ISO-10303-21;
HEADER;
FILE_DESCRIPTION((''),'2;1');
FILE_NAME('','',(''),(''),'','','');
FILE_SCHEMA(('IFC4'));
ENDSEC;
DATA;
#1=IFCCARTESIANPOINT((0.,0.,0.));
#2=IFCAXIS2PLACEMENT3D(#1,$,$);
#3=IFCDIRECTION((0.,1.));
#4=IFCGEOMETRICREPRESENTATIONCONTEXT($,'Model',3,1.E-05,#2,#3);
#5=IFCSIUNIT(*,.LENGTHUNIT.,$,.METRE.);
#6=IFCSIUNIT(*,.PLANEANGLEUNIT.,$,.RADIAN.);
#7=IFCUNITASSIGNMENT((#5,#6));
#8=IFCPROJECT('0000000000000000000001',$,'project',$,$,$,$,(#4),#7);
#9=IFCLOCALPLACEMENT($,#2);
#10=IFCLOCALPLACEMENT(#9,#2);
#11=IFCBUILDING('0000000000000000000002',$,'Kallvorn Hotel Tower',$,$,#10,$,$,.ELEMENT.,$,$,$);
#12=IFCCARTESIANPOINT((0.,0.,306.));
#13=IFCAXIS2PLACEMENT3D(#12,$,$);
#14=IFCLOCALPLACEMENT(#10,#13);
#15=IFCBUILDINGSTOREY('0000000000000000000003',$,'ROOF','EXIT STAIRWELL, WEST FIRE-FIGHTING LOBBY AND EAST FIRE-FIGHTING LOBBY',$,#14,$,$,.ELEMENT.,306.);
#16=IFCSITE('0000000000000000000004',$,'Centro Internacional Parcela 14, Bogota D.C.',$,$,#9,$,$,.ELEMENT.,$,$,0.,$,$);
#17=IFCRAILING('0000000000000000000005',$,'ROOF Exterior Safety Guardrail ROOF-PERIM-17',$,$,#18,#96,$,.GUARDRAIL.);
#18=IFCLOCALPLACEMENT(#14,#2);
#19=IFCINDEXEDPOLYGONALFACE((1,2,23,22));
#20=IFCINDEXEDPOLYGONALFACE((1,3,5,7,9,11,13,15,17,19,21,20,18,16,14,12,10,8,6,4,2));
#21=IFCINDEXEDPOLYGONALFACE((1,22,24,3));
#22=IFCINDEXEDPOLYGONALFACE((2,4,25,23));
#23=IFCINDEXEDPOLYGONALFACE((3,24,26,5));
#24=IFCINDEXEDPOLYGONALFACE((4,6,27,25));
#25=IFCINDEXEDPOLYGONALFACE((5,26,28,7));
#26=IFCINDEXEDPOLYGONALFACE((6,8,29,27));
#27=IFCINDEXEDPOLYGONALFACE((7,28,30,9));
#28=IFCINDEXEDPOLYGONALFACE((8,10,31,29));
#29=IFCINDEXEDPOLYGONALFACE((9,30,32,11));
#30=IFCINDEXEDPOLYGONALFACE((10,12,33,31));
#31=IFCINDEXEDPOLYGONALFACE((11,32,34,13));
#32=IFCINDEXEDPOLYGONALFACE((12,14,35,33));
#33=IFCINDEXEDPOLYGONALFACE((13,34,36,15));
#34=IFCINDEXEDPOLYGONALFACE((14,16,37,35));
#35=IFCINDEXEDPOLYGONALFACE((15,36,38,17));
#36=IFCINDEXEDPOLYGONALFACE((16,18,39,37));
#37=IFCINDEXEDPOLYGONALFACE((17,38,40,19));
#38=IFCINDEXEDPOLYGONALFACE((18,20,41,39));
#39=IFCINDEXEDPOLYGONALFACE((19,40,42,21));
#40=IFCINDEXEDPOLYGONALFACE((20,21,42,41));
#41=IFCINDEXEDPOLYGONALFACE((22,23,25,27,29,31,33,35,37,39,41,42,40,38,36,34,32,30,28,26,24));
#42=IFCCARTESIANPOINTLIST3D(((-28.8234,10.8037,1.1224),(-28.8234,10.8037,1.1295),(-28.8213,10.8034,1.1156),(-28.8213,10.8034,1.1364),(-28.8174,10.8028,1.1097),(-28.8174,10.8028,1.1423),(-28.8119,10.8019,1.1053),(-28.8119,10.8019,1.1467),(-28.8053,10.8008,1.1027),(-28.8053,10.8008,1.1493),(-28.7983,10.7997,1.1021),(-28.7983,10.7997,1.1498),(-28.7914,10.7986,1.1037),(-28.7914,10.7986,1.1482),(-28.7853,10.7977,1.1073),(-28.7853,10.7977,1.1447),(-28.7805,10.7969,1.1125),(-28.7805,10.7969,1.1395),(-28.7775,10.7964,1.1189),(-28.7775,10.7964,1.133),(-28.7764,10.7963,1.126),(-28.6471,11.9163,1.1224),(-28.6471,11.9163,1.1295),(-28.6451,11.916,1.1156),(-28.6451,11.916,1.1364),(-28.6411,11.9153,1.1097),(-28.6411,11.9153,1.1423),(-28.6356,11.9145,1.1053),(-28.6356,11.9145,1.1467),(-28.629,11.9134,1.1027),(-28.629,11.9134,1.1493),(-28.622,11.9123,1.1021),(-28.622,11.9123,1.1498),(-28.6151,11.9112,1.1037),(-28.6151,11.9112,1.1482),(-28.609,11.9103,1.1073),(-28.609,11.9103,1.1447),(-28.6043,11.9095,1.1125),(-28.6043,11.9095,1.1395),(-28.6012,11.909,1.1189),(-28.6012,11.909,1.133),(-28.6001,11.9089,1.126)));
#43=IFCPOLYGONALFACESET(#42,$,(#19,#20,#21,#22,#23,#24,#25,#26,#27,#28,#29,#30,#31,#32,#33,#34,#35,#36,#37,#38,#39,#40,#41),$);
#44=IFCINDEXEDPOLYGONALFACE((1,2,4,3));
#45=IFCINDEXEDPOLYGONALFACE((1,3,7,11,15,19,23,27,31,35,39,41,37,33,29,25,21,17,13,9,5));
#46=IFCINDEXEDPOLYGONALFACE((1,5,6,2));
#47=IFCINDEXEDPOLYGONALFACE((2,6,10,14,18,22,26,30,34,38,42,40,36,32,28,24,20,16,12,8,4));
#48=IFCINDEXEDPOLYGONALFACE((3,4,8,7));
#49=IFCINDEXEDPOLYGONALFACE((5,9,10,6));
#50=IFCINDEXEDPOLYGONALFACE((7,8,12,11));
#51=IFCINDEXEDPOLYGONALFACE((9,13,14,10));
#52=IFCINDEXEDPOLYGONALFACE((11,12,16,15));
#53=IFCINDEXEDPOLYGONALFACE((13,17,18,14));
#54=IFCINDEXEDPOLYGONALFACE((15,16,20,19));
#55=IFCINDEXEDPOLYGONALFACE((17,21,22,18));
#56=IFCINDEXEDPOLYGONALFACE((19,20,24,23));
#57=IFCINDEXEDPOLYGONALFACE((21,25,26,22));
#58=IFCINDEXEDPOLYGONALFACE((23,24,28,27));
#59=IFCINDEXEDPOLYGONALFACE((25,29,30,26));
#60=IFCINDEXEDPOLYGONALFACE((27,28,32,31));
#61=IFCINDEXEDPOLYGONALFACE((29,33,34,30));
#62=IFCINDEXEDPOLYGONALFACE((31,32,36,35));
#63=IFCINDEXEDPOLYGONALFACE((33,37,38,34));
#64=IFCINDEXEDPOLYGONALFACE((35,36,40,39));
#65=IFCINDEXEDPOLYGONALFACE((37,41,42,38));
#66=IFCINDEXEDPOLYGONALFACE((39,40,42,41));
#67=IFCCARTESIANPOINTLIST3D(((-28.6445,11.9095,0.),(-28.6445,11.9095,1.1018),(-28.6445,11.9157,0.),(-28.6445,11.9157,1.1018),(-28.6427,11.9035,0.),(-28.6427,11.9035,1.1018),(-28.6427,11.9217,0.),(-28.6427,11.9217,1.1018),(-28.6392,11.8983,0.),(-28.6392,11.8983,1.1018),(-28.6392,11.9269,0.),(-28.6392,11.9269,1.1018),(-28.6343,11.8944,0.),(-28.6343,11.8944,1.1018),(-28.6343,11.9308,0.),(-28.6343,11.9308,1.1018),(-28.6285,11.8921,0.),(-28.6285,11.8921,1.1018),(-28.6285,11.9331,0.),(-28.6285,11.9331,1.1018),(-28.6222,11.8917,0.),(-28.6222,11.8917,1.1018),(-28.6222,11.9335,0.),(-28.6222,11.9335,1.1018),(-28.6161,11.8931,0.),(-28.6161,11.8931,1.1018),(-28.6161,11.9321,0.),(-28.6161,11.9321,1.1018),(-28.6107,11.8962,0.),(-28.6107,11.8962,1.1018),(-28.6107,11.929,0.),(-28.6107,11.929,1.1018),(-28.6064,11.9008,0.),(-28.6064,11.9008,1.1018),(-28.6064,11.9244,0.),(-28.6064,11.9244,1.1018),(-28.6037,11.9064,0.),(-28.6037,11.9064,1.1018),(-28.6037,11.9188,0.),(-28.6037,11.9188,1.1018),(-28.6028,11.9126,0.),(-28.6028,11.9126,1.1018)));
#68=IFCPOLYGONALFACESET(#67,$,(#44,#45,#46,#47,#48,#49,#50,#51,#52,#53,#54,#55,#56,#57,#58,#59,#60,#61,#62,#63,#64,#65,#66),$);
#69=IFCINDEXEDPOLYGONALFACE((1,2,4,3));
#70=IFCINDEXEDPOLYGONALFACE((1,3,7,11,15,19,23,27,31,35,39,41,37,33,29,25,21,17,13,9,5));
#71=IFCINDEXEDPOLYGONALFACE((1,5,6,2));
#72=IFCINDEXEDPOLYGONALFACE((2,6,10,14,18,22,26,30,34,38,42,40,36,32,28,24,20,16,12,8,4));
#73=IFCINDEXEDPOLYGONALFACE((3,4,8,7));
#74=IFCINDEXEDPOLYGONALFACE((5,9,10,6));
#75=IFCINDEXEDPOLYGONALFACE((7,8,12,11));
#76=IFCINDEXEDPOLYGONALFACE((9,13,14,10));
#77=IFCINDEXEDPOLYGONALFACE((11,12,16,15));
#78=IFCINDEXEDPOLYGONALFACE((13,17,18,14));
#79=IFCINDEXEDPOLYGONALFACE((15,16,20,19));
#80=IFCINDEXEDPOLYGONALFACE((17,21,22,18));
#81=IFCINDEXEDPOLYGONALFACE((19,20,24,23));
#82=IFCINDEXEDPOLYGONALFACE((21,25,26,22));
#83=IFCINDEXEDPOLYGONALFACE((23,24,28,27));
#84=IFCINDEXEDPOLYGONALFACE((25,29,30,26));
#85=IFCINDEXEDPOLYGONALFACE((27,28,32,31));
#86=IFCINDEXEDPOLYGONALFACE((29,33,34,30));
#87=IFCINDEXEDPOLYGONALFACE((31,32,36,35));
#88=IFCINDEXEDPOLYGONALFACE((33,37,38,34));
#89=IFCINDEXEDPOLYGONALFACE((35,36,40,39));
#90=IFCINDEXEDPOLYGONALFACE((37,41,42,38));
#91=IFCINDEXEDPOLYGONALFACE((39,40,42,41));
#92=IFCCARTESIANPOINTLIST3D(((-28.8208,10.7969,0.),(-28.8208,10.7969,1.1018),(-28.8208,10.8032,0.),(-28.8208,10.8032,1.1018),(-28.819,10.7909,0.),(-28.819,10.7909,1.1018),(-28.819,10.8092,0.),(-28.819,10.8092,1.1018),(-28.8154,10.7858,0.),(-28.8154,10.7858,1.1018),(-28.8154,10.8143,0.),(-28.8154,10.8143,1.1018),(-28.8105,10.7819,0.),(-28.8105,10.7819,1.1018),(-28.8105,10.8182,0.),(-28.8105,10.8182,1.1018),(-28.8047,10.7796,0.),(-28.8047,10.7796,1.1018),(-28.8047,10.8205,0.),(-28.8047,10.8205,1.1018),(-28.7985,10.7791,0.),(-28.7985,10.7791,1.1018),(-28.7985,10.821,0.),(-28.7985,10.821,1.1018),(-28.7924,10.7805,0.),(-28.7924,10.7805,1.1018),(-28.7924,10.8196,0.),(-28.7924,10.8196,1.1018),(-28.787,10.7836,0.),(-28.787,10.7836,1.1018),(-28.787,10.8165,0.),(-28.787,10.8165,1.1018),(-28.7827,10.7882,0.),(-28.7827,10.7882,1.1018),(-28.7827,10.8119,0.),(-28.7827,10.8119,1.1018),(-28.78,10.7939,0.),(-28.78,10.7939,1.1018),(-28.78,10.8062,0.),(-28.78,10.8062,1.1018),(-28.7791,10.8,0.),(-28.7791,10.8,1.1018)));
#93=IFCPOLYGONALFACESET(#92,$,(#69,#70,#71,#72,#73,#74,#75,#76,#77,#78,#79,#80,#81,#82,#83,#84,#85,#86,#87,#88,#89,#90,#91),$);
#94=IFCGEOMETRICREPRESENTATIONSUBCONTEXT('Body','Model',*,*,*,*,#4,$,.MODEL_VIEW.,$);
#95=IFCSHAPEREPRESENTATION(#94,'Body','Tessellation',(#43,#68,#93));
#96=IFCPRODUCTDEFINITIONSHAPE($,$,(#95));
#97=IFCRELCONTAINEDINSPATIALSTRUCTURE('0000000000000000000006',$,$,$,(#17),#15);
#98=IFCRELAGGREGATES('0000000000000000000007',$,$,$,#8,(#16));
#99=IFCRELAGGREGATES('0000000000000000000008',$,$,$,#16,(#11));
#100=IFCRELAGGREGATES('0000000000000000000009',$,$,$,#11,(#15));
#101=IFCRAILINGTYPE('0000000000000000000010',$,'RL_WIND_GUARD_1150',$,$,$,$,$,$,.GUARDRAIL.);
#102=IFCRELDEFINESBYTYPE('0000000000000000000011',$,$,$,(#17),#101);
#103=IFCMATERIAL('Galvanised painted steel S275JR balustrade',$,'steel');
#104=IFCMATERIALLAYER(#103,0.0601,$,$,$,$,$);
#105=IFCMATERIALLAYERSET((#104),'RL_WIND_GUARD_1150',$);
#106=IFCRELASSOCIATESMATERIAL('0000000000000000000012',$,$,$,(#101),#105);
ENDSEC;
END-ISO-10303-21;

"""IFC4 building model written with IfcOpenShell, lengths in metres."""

from ifc_helpers import new_model, si_unit, direction, frame, origin, origin_2d, place, context, subcontext, project, spatial, circle, extrude, material, layer, layer_set, type_object, element, save


model = new_model("IFC4")

# Units and contexts
model_context = context("Model", 3, precision=1e-05, world=origin(), true_north=direction((0.0, 1.0)))
body_context = subcontext(model_context, "Body", "Model", "MODEL_VIEW")
ifc_project = project(units=[si_unit("LENGTHUNIT", "METRE"), si_unit("PLANEANGLEUNIT", "RADIAN")], contexts=[model_context])

# Site, building, storey
site_placement = place(None, origin())
site = spatial("IfcSite", under=ifc_project, at=site_placement, Name="Centro Internacional Parcela 14, Bogota D.C.", CompositionType="ELEMENT", RefElevation=0.0)
building_placement = place(site_placement, origin())
building = spatial("IfcBuilding", under=site, at=building_placement, Name="Kallvorn Hotel Tower", CompositionType="ELEMENT")
storey_placement = place(building_placement, frame((0.0, 0.0, 306.0)))
storey = spatial("IfcBuildingStorey", under=building, at=storey_placement, Name="ROOF", Description="EXIT STAIRWELL, WEST FIRE-FIGHTING LOBBY AND EAST FIRE-FIGHTING LOBBY", CompositionType="ELEMENT", Elevation=306.0)

# Railing
ifc_material_1 = material(Name="Galvanised painted steel S275JR balustrade", Category="steel")
ifc_layer_1 = layer(ifc_material_1, 0.0601)
ifc_layer_set_1 = layer_set([ifc_layer_1], Name="RL_WIND_GUARD_1150")
railing_type = type_object("IfcRailingType", Name="RL_WIND_GUARD_1150", PredefinedType="GUARDRAIL", material=ifc_layer_set_1)
railing_1_placement = place(storey_placement, frame((-28.6238, 11.9126, 0.0)))
element("IfcRailing", 1, at=railing_1_placement, inside=storey, type_object=railing_type, Name="ROOF Exterior Safety Guardrail ROOF-PERIM-17", PredefinedType="GUARDRAIL", context=body_context, shape_type="SweptSolid", body=[
    extrude(circle(Radius=0.0239, at=origin_2d()), frame((0.0, 0.0, 1.126), z_axis=(-0.156486, -0.98768, 0.0), x_axis=(0.98768, -0.156486, 0.0)), (0.0, 0.0, 1.0), 1.1265),
    extrude(circle(Radius=0.021, at=origin_2d()), origin(), (0.0, 0.0, 1.0), 1.1018),
    extrude(circle(Radius=0.021, at=origin_2d()), frame((-0.1763, -1.1125, 0.0)), (0.0, 0.0, 1.0), 1.1018),
])

save(model, "model.ifc")
